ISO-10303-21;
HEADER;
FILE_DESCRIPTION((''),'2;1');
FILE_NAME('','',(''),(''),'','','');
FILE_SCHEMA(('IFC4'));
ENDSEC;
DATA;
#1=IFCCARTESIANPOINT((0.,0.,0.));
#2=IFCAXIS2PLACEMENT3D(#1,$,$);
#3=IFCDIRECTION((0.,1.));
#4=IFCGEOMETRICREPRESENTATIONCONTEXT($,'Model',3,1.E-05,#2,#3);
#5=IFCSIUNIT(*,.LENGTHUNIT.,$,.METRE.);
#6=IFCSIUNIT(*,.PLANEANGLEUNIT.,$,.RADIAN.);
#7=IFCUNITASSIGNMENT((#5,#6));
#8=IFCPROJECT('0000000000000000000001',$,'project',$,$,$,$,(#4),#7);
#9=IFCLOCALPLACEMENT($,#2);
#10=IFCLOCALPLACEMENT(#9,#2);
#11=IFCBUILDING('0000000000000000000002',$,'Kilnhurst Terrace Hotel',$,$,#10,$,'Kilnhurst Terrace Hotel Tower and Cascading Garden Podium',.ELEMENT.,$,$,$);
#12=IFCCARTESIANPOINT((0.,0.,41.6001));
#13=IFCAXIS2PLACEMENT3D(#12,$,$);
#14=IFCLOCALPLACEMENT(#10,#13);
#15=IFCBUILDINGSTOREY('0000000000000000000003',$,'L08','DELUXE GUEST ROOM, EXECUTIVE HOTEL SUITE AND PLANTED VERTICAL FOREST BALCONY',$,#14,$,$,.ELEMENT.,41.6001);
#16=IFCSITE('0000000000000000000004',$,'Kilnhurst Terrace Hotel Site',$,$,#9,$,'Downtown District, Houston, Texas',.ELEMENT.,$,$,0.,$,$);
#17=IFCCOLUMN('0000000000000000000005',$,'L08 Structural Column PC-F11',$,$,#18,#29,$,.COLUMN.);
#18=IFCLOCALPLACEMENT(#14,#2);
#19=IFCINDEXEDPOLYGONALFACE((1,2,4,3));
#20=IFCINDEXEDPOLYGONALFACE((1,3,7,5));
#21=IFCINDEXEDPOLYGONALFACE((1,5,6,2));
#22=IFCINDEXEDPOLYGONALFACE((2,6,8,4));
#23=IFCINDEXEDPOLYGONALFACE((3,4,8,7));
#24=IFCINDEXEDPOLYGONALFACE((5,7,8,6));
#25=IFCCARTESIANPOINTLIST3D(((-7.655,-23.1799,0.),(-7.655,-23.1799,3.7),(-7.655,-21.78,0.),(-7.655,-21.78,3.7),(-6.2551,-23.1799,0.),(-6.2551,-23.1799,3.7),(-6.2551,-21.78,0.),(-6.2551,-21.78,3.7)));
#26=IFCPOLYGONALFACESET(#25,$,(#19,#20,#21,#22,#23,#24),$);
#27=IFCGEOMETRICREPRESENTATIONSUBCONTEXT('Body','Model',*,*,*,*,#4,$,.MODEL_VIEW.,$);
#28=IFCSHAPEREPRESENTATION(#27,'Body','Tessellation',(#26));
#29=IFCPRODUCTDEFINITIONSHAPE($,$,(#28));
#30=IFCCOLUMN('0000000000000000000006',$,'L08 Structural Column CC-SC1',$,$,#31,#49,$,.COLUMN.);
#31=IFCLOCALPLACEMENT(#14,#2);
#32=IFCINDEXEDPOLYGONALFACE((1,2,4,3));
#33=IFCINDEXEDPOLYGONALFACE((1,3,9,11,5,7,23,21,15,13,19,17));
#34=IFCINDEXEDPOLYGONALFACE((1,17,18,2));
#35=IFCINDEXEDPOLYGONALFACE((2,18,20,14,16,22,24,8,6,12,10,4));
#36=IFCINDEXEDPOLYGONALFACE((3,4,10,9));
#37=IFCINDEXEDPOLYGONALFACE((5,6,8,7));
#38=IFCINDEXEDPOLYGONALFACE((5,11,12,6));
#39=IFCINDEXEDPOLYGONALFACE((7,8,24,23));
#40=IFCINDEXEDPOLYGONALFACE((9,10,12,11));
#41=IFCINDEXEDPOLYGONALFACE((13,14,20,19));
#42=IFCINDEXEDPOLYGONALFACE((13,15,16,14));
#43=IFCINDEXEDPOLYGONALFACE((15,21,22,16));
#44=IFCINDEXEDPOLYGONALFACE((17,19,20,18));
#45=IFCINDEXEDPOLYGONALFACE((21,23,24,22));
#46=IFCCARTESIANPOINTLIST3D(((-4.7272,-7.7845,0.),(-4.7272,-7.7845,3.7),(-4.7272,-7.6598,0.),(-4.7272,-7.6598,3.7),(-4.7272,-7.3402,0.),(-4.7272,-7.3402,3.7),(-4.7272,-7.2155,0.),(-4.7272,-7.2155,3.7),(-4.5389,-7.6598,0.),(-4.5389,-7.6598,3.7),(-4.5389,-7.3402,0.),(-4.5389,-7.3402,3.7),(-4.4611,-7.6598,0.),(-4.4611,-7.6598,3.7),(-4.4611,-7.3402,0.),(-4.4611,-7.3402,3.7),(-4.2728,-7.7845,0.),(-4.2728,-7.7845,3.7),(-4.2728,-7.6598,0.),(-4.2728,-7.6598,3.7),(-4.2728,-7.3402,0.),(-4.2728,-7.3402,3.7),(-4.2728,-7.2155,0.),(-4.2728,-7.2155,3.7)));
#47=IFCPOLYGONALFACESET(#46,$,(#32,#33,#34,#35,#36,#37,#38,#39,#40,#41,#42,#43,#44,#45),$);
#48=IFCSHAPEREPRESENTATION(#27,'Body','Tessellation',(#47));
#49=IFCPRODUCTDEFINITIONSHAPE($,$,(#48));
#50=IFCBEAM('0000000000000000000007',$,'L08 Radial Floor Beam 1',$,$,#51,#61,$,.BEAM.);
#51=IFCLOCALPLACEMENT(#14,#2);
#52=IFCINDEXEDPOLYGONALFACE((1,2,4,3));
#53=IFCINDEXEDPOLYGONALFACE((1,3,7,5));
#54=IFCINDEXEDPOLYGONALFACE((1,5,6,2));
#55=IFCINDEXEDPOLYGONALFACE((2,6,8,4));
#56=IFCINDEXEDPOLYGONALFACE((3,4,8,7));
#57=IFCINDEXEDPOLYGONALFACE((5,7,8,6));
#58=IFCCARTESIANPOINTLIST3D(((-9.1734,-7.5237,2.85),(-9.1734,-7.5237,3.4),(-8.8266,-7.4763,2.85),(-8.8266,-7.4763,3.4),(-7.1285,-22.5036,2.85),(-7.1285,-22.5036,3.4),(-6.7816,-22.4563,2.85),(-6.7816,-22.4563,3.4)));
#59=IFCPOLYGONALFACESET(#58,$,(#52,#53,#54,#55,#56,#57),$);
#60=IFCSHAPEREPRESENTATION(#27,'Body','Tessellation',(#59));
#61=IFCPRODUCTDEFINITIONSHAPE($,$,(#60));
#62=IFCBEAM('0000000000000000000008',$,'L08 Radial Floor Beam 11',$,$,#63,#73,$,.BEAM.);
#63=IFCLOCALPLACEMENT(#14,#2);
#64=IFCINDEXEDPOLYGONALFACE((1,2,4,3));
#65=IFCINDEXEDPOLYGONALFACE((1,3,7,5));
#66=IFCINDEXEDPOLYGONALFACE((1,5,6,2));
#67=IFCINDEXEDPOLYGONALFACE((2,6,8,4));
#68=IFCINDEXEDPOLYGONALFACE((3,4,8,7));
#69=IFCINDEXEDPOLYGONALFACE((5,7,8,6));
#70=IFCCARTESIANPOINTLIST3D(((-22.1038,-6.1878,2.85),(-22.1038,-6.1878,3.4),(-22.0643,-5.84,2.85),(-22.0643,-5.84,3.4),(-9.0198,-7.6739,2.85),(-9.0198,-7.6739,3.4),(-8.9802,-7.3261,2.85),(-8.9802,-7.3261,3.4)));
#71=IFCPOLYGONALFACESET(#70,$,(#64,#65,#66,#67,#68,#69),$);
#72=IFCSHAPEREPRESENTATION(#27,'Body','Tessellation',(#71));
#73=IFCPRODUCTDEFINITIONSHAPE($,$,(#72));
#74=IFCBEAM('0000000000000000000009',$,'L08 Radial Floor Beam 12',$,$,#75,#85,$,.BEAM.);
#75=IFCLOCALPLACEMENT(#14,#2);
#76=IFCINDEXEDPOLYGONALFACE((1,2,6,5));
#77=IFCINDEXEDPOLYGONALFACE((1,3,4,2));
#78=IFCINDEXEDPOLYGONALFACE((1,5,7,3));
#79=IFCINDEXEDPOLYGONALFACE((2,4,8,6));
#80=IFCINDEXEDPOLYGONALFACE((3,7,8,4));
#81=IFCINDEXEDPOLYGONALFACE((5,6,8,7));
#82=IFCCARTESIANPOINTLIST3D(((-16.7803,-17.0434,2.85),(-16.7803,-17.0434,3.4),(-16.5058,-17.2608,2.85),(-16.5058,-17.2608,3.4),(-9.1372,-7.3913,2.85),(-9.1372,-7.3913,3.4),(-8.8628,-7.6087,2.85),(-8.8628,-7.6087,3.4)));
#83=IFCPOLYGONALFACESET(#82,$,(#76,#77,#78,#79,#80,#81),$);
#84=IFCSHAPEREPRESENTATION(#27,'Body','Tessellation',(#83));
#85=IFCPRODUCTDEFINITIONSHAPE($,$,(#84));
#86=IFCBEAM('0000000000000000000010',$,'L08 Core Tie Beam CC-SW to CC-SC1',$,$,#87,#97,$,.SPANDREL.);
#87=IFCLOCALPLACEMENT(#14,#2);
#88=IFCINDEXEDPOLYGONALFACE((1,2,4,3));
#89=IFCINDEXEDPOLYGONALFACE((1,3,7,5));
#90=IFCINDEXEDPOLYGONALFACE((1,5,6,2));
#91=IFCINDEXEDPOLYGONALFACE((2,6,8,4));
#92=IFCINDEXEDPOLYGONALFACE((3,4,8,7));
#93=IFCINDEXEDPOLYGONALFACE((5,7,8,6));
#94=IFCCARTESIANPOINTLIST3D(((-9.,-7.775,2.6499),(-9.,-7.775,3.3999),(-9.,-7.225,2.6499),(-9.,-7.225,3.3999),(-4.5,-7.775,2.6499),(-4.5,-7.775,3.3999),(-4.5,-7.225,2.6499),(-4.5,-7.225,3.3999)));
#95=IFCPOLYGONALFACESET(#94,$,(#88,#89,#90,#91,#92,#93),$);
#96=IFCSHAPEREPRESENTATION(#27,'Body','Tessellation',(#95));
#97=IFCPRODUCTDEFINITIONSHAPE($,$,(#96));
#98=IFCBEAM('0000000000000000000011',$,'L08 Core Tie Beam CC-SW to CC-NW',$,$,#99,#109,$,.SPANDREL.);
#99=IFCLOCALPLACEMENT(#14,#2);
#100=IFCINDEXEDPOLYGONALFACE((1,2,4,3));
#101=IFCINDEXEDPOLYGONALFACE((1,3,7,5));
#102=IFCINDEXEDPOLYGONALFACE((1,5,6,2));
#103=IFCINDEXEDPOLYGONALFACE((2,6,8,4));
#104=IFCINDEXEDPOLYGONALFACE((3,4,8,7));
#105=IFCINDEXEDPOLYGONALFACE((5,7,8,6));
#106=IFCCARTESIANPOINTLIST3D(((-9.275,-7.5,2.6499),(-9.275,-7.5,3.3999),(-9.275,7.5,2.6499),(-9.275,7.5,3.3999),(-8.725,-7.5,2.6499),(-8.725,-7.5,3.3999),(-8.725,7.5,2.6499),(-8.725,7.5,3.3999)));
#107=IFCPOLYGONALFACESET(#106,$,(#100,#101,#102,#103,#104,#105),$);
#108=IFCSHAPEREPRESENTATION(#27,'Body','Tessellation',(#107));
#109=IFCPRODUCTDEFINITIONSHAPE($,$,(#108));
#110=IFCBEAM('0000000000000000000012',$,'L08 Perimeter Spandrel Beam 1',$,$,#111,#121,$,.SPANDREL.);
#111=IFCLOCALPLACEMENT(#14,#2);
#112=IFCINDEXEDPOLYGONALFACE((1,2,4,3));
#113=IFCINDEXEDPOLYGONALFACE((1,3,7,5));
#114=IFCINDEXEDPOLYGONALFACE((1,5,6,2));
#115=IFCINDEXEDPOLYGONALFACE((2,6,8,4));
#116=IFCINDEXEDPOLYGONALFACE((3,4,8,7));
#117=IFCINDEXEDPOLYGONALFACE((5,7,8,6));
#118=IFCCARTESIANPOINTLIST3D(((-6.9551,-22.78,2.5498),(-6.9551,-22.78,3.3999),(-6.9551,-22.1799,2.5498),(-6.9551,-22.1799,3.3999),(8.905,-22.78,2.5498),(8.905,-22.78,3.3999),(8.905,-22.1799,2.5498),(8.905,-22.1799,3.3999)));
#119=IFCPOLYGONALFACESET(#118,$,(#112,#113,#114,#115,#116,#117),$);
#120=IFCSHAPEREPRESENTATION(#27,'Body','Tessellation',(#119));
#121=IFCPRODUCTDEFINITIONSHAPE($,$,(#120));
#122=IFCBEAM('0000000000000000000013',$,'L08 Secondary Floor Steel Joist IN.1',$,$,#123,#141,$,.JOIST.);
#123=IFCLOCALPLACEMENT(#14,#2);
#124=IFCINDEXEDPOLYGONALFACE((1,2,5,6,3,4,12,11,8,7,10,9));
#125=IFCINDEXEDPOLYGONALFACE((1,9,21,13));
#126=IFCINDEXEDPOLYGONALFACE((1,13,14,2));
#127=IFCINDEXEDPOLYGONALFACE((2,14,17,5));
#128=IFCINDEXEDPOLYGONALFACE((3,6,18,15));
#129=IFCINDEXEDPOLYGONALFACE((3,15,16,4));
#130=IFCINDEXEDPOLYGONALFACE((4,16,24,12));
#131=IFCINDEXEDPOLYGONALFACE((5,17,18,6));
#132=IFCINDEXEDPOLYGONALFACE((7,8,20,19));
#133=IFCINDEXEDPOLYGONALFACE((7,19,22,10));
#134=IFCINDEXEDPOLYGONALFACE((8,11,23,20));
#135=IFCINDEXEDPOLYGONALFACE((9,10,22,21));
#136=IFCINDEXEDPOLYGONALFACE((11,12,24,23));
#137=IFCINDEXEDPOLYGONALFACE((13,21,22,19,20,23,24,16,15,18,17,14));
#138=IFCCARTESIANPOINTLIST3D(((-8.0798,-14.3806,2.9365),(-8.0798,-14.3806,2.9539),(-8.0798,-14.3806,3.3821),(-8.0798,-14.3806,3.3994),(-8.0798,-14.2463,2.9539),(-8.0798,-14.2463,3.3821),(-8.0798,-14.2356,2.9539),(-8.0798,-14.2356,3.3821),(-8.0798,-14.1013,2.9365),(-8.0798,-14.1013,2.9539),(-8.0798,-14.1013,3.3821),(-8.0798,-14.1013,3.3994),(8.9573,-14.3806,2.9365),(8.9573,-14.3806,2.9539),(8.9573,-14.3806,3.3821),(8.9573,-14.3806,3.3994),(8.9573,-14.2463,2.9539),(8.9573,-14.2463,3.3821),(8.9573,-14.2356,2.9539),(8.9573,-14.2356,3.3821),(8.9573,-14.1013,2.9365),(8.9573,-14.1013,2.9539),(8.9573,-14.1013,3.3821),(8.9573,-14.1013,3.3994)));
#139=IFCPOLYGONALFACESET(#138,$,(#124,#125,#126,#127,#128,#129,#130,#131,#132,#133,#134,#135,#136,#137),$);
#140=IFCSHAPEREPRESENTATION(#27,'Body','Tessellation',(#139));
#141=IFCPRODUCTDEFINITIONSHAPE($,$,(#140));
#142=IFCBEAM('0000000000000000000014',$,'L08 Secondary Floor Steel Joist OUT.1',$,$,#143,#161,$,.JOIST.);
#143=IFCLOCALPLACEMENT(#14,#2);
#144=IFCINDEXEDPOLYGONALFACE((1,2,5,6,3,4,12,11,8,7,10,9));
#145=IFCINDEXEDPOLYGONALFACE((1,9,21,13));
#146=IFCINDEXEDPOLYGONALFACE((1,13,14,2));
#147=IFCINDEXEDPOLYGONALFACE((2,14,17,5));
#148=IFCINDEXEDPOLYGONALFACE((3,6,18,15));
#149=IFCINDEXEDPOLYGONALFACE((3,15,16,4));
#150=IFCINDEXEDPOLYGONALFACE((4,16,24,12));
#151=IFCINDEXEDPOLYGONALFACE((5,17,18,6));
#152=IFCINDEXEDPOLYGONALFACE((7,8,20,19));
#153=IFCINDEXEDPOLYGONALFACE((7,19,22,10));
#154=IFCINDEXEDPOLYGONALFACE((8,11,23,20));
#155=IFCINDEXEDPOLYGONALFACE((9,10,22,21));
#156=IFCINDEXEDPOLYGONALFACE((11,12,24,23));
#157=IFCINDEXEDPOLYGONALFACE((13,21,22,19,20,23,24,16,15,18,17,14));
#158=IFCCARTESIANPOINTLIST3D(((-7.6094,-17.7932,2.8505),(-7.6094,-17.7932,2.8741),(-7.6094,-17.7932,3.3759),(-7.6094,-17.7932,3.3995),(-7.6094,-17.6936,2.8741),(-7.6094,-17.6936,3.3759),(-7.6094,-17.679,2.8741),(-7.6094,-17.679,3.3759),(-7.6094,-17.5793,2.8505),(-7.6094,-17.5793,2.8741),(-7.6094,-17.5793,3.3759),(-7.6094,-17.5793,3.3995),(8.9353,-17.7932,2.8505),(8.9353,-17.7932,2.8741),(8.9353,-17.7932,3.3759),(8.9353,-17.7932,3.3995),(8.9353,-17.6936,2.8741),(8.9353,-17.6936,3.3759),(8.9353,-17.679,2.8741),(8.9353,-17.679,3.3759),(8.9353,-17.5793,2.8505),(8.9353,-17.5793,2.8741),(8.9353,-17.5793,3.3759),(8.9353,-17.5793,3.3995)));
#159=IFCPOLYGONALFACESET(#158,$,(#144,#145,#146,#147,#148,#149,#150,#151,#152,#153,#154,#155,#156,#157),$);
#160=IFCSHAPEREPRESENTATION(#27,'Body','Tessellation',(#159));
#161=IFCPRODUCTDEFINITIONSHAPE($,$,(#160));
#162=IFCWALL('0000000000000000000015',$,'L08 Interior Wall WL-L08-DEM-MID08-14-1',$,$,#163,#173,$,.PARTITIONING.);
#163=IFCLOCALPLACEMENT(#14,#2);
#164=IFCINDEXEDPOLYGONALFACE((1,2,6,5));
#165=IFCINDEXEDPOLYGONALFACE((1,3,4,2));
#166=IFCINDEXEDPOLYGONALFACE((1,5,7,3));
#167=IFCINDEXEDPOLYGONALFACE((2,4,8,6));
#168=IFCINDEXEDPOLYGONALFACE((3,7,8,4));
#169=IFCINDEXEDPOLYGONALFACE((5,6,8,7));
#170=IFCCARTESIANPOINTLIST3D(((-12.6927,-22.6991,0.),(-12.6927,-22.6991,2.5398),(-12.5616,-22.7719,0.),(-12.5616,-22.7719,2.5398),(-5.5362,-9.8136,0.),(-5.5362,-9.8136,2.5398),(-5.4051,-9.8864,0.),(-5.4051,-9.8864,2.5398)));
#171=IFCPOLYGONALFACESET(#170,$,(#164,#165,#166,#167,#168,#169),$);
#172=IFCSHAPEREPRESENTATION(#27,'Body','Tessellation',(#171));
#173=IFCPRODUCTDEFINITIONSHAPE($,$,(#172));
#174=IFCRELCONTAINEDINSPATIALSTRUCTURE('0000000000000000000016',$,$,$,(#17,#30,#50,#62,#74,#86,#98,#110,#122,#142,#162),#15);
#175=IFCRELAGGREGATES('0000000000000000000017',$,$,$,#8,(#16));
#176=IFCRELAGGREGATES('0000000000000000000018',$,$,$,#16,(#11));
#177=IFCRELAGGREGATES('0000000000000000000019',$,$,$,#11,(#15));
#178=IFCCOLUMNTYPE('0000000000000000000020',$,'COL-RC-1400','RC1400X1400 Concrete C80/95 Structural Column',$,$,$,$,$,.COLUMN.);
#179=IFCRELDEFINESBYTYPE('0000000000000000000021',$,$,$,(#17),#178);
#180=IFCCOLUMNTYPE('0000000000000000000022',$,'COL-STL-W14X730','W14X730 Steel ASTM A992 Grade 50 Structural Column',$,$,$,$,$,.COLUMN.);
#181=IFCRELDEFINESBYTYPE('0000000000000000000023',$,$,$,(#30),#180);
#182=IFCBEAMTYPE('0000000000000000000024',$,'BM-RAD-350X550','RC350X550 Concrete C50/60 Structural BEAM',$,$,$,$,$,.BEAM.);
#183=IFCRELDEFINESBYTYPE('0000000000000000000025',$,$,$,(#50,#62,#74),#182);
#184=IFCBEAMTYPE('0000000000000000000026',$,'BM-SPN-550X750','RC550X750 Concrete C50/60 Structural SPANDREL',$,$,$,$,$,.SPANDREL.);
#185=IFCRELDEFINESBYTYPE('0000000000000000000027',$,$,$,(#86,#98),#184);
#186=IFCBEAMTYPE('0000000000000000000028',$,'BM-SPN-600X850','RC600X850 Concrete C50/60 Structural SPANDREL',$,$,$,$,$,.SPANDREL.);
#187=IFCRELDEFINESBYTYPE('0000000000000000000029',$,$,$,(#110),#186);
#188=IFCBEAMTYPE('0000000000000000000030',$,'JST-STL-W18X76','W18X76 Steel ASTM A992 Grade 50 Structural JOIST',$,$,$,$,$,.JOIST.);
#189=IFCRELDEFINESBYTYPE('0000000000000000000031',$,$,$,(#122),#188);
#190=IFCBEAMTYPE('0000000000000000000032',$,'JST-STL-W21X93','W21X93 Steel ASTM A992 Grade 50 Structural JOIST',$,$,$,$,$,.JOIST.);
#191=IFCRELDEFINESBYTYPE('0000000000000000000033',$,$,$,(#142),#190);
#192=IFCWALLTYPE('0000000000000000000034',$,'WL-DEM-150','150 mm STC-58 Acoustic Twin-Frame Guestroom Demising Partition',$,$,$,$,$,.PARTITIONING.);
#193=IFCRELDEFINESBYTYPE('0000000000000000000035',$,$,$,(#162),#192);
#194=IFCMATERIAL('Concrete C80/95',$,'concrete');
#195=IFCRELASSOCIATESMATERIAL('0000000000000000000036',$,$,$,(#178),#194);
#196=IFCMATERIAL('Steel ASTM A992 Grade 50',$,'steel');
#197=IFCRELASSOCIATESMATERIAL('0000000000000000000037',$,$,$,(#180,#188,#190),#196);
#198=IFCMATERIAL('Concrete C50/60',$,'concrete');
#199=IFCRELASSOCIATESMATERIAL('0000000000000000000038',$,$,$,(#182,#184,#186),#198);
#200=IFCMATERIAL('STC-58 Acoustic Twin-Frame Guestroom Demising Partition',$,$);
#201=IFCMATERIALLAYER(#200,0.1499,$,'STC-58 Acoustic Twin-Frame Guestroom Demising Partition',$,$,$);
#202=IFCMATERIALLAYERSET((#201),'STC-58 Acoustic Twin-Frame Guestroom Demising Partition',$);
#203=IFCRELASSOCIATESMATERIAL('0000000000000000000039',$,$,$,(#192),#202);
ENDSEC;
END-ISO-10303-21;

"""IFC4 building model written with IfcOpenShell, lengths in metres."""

from ifc_helpers import new_model, si_unit, direction, frame, frame_2d, origin, origin_2d, place, context, subcontext, project, spatial, rectangle, i_section, extrude, material, layer, layer_set, material_profile, profile_set, type_object, element, save


model = new_model("IFC4")

# Units and contexts
model_context = context("Model", 3, precision=1e-05, world=origin(), true_north=direction((0.0, 1.0)))
body_context = subcontext(model_context, "Body", "Model", "MODEL_VIEW")
ifc_project = project(units=[si_unit("LENGTHUNIT", "METRE"), si_unit("PLANEANGLEUNIT", "RADIAN")], contexts=[model_context])

# Site, building, storey
site_placement = place(None, origin())
site = spatial("IfcSite", under=ifc_project, at=site_placement, Name="Kilnhurst Terrace Hotel Site", LongName="Downtown District, Houston, Texas", CompositionType="ELEMENT", RefElevation=0.0)
building_placement = place(site_placement, origin())
building = spatial("IfcBuilding", under=site, at=building_placement, Name="Kilnhurst Terrace Hotel", LongName="Kilnhurst Terrace Hotel Tower and Cascading Garden Podium", CompositionType="ELEMENT")
storey_placement = place(building_placement, frame((0.0, 0.0, 41.6001)))
storey = spatial("IfcBuildingStorey", under=building, at=storey_placement, Name="L08", Description="DELUXE GUEST ROOM, EXECUTIVE HOTEL SUITE AND PLANTED VERTICAL FOREST BALCONY", CompositionType="ELEMENT", Elevation=41.6001)

# Columns
ifc_material_1 = material(Name="Concrete C80/95", Category="concrete")
ifc_material_profile_1 = material_profile(ifc_material_1, rectangle(XDim=1.3999, YDim=1.3999, at=origin_2d()), Name="RC1400X1400")
ifc_profile_set_1 = profile_set([ifc_material_profile_1], Name="Concrete C80/95")
column_type_1 = type_object("IfcColumnType", Name="COL-RC-1400", Description="RC1400X1400 Concrete C80/95 Structural Column", PredefinedType="COLUMN", material=ifc_profile_set_1)
column_1_placement = place(storey_placement, frame((-6.9551, -22.48, 0.0), z_axis=(0.0, 0.0, 1.0), x_axis=(1.0, 0.0, 0.0)))
element("IfcColumn", 1, at=column_1_placement, inside=storey, type_object=column_type_1, Name="L08 Structural Column PC-F11", PredefinedType="COLUMN", context=body_context, shape_type="SweptSolid", body=[
    extrude(rectangle(XDim=1.3999, YDim=1.3999, at=origin_2d()), origin(), (0.0, 0.0, 1.0), 3.7),
])
ifc_material_2 = material(Name="Steel ASTM A992 Grade 50", Category="steel")
ifc_material_profile_2 = material_profile(ifc_material_2, i_section(OverallWidth=0.4543, OverallDepth=0.5691, WebThickness=0.0779, FlangeThickness=0.1248, at=origin_2d()), Name="W14X730")
ifc_profile_set_2 = profile_set([ifc_material_profile_2], Name="Steel ASTM A992 Grade 50")
column_type_2 = type_object("IfcColumnType", Name="COL-STL-W14X730", Description="W14X730 Steel ASTM A992 Grade 50 Structural Column", PredefinedType="COLUMN", material=ifc_profile_set_2)
column_2_placement = place(storey_placement, frame((-4.5, -7.5, 0.0), z_axis=(0.0, 0.0, 1.0), x_axis=(1.0, 0.0, 0.0)))
element("IfcColumn", 2, at=column_2_placement, inside=storey, type_object=column_type_2, Name="L08 Structural Column CC-SC1", PredefinedType="COLUMN", context=body_context, shape_type="SweptSolid", body=[
    extrude(i_section(OverallWidth=0.4543, OverallDepth=0.5691, WebThickness=0.0779, FlangeThickness=0.1248, at=origin_2d()), origin(), (0.0, 0.0, 1.0), 3.7),
])

# Beams
ifc_material_3 = material(Name="Concrete C50/60", Category="concrete")
ifc_material_profile_3 = material_profile(ifc_material_3, rectangle(XDim=0.3501, YDim=0.55, at=origin_2d()), Name="RC350X550")
ifc_profile_set_3 = profile_set([ifc_material_profile_3], Name="Concrete C50/60")
beam_type_1 = type_object("IfcBeamType", Name="BM-RAD-350X550", Description="RC350X550 Concrete C50/60 Structural BEAM", PredefinedType="BEAM", material=ifc_profile_set_3)
beam_1_placement = place(storey_placement, frame((-9.0, -7.5, 3.125), z_axis=(0.135256, -0.990811, 0.0), x_axis=(0.990811, 0.135256, 0.0)))
element("IfcBeam", 3, at=beam_1_placement, inside=storey, type_object=beam_type_1, Name="L08 Radial Floor Beam 1", PredefinedType="BEAM", context=body_context, shape_type="SweptSolid", body=[
    extrude(rectangle(XDim=0.3501, YDim=0.55, at=origin_2d()), origin(), (0.0, 0.0, 1.0), 15.1189),
])
beam_2_placement = place(storey_placement, frame((-9.0, -7.5, 3.125), z_axis=(-0.993611, 0.112855, 0.0), x_axis=(-0.112855, -0.993611, 0.0)))
element("IfcBeam", 4, at=beam_2_placement, inside=storey, type_object=beam_type_1, Name="L08 Radial Floor Beam 11", PredefinedType="BEAM", context=body_context, shape_type="SweptSolid", body=[
    extrude(rectangle(XDim=0.3501, YDim=0.55, at=origin_2d()), origin(), (0.0, 0.0, 1.0), 13.1682),
])
beam_3_placement = place(storey_placement, frame((-9.0, -7.5, 3.125), z_axis=(-0.620794, -0.783974, 0.0), x_axis=(0.783974, -0.620794, 0.0)))
element("IfcBeam", 5, at=beam_3_placement, inside=storey, type_object=beam_type_1, Name="L08 Radial Floor Beam 12", PredefinedType="BEAM", context=body_context, shape_type="SweptSolid", body=[
    extrude(rectangle(XDim=0.3501, YDim=0.55, at=origin_2d()), origin(), (0.0, 0.0, 1.0), 12.3118),
])
ifc_material_profile_4 = material_profile(ifc_material_3, rectangle(XDim=0.55, YDim=0.75, at=origin_2d()), Name="RC550X750")
ifc_profile_set_4 = profile_set([ifc_material_profile_4], Name="Concrete C50/60")
beam_type_2 = type_object("IfcBeamType", Name="BM-SPN-550X750", Description="RC550X750 Concrete C50/60 Structural SPANDREL", PredefinedType="SPANDREL", material=ifc_profile_set_4)
beam_4_placement = place(storey_placement, frame((-9.0, -7.5, 3.0249), z_axis=(1.0, 0.0, 0.0), x_axis=(0.0, 1.0, 0.0)))
element("IfcBeam", 6, at=beam_4_placement, inside=storey, type_object=beam_type_2, Name="L08 Core Tie Beam CC-SW to CC-SC1", PredefinedType="SPANDREL", context=body_context, shape_type="SweptSolid", body=[
    extrude(rectangle(XDim=0.55, YDim=0.75, at=origin_2d()), origin(), (0.0, 0.0, 1.0), 4.5),
])
beam_5_placement = place(storey_placement, frame((-9.0, -7.5, 3.0249), z_axis=(0.0, 1.0, 0.0), x_axis=(-1.0, 0.0, 0.0)))
element("IfcBeam", 7, at=beam_5_placement, inside=storey, type_object=beam_type_2, Name="L08 Core Tie Beam CC-SW to CC-NW", PredefinedType="SPANDREL", context=body_context, shape_type="SweptSolid", body=[
    extrude(rectangle(XDim=0.55, YDim=0.75, at=origin_2d()), origin(), (0.0, 0.0, 1.0), 15.0),
])
ifc_material_profile_5 = material_profile(ifc_material_3, rectangle(XDim=0.6001, YDim=0.8501, at=origin_2d()), Name="RC600X850")
ifc_profile_set_5 = profile_set([ifc_material_profile_5], Name="Concrete C50/60")
beam_type_3 = type_object("IfcBeamType", Name="BM-SPN-600X850", Description="RC600X850 Concrete C50/60 Structural SPANDREL", PredefinedType="SPANDREL", material=ifc_profile_set_5)
beam_6_placement = place(storey_placement, frame((-6.9551, -22.48, 2.9749), z_axis=(1.0, 0.0, 0.0), x_axis=(0.0, 1.0, 0.0)))
element("IfcBeam", 8, at=beam_6_placement, inside=storey, type_object=beam_type_3, Name="L08 Perimeter Spandrel Beam 1", PredefinedType="SPANDREL", context=body_context, shape_type="SweptSolid", body=[
    extrude(rectangle(XDim=0.6001, YDim=0.8501, at=origin_2d()), origin(), (0.0, 0.0, 1.0), 15.8601),
])
ifc_material_profile_6 = material_profile(ifc_material_2, i_section(OverallWidth=0.2793, OverallDepth=0.4629, WebThickness=0.0107, FlangeThickness=0.0173, at=origin_2d()), Name="W18X76")
ifc_profile_set_6 = profile_set([ifc_material_profile_6], Name="Steel ASTM A992 Grade 50")
beam_type_4 = type_object("IfcBeamType", Name="JST-STL-W18X76", Description="W18X76 Steel ASTM A992 Grade 50 Structural JOIST", PredefinedType="JOIST", material=ifc_profile_set_6)
beam_7_placement = place(storey_placement, frame((-8.0798, -14.241, 3.168), z_axis=(1.0, 0.0, 0.0), x_axis=(0.0, 1.0, 0.0)))
element("IfcBeam", 9, at=beam_7_placement, inside=storey, type_object=beam_type_4, Name="L08 Secondary Floor Steel Joist IN.1", PredefinedType="JOIST", context=body_context, shape_type="SweptSolid", body=[
    extrude(i_section(OverallWidth=0.2793, OverallDepth=0.4629, WebThickness=0.0107, FlangeThickness=0.0173, at=origin_2d()), origin(), (0.0, 0.0, 1.0), 17.0371),
])
ifc_material_profile_7 = material_profile(ifc_material_2, i_section(OverallWidth=0.2139, OverallDepth=0.5491, WebThickness=0.0146, FlangeThickness=0.0237, at=origin_2d()), Name="W21X93")
ifc_profile_set_7 = profile_set([ifc_material_profile_7], Name="Steel ASTM A992 Grade 50")
beam_type_5 = type_object("IfcBeamType", Name="JST-STL-W21X93", Description="W21X93 Steel ASTM A992 Grade 50 Structural JOIST", PredefinedType="JOIST", material=ifc_profile_set_7)
beam_8_placement = place(storey_placement, frame((-7.6094, -17.6863, 3.125), z_axis=(1.0, 0.0, 0.0), x_axis=(0.0, 1.0, 0.0)))
element("IfcBeam", 10, at=beam_8_placement, inside=storey, type_object=beam_type_5, Name="L08 Secondary Floor Steel Joist OUT.1", PredefinedType="JOIST", context=body_context, shape_type="SweptSolid", body=[
    extrude(i_section(OverallWidth=0.2139, OverallDepth=0.5491, WebThickness=0.0146, FlangeThickness=0.0237, at=origin_2d()), origin(), (0.0, 0.0, 1.0), 16.5447),
])

# Wall
ifc_material_4 = material(Name="STC-58 Acoustic Twin-Frame Guestroom Demising Partition")
ifc_layer_1 = layer(ifc_material_4, 0.1499, Name="STC-58 Acoustic Twin-Frame Guestroom Demising Partition")
ifc_layer_set_1 = layer_set([ifc_layer_1], Name="STC-58 Acoustic Twin-Frame Guestroom Demising Partition")
wall_type_1 = type_object("IfcWallType", Name="WL-DEM-150", Description="150 mm STC-58 Acoustic Twin-Frame Guestroom Demising Partition", PredefinedType="PARTITIONING", material=ifc_layer_set_1)
wall_1_placement = place(storey_placement, frame((-5.4707, -9.8501, 0.0), z_axis=(0.0, 0.0, 1.0), x_axis=(-0.485533, -0.874218, 0.0)))
element("IfcWall", 11, at=wall_1_placement, inside=storey, type_object=wall_type_1, Name="L08 Interior Wall WL-L08-DEM-MID08-14-1", PredefinedType="PARTITIONING", context=body_context, shape_type="SweptSolid", body=[
    extrude(rectangle(XDim=14.7395, YDim=0.1499, at=frame_2d((7.3696, 0.0))), origin(), (0.0, 0.0, 1.0), 2.5398),
])

save(model, "model.ifc")
